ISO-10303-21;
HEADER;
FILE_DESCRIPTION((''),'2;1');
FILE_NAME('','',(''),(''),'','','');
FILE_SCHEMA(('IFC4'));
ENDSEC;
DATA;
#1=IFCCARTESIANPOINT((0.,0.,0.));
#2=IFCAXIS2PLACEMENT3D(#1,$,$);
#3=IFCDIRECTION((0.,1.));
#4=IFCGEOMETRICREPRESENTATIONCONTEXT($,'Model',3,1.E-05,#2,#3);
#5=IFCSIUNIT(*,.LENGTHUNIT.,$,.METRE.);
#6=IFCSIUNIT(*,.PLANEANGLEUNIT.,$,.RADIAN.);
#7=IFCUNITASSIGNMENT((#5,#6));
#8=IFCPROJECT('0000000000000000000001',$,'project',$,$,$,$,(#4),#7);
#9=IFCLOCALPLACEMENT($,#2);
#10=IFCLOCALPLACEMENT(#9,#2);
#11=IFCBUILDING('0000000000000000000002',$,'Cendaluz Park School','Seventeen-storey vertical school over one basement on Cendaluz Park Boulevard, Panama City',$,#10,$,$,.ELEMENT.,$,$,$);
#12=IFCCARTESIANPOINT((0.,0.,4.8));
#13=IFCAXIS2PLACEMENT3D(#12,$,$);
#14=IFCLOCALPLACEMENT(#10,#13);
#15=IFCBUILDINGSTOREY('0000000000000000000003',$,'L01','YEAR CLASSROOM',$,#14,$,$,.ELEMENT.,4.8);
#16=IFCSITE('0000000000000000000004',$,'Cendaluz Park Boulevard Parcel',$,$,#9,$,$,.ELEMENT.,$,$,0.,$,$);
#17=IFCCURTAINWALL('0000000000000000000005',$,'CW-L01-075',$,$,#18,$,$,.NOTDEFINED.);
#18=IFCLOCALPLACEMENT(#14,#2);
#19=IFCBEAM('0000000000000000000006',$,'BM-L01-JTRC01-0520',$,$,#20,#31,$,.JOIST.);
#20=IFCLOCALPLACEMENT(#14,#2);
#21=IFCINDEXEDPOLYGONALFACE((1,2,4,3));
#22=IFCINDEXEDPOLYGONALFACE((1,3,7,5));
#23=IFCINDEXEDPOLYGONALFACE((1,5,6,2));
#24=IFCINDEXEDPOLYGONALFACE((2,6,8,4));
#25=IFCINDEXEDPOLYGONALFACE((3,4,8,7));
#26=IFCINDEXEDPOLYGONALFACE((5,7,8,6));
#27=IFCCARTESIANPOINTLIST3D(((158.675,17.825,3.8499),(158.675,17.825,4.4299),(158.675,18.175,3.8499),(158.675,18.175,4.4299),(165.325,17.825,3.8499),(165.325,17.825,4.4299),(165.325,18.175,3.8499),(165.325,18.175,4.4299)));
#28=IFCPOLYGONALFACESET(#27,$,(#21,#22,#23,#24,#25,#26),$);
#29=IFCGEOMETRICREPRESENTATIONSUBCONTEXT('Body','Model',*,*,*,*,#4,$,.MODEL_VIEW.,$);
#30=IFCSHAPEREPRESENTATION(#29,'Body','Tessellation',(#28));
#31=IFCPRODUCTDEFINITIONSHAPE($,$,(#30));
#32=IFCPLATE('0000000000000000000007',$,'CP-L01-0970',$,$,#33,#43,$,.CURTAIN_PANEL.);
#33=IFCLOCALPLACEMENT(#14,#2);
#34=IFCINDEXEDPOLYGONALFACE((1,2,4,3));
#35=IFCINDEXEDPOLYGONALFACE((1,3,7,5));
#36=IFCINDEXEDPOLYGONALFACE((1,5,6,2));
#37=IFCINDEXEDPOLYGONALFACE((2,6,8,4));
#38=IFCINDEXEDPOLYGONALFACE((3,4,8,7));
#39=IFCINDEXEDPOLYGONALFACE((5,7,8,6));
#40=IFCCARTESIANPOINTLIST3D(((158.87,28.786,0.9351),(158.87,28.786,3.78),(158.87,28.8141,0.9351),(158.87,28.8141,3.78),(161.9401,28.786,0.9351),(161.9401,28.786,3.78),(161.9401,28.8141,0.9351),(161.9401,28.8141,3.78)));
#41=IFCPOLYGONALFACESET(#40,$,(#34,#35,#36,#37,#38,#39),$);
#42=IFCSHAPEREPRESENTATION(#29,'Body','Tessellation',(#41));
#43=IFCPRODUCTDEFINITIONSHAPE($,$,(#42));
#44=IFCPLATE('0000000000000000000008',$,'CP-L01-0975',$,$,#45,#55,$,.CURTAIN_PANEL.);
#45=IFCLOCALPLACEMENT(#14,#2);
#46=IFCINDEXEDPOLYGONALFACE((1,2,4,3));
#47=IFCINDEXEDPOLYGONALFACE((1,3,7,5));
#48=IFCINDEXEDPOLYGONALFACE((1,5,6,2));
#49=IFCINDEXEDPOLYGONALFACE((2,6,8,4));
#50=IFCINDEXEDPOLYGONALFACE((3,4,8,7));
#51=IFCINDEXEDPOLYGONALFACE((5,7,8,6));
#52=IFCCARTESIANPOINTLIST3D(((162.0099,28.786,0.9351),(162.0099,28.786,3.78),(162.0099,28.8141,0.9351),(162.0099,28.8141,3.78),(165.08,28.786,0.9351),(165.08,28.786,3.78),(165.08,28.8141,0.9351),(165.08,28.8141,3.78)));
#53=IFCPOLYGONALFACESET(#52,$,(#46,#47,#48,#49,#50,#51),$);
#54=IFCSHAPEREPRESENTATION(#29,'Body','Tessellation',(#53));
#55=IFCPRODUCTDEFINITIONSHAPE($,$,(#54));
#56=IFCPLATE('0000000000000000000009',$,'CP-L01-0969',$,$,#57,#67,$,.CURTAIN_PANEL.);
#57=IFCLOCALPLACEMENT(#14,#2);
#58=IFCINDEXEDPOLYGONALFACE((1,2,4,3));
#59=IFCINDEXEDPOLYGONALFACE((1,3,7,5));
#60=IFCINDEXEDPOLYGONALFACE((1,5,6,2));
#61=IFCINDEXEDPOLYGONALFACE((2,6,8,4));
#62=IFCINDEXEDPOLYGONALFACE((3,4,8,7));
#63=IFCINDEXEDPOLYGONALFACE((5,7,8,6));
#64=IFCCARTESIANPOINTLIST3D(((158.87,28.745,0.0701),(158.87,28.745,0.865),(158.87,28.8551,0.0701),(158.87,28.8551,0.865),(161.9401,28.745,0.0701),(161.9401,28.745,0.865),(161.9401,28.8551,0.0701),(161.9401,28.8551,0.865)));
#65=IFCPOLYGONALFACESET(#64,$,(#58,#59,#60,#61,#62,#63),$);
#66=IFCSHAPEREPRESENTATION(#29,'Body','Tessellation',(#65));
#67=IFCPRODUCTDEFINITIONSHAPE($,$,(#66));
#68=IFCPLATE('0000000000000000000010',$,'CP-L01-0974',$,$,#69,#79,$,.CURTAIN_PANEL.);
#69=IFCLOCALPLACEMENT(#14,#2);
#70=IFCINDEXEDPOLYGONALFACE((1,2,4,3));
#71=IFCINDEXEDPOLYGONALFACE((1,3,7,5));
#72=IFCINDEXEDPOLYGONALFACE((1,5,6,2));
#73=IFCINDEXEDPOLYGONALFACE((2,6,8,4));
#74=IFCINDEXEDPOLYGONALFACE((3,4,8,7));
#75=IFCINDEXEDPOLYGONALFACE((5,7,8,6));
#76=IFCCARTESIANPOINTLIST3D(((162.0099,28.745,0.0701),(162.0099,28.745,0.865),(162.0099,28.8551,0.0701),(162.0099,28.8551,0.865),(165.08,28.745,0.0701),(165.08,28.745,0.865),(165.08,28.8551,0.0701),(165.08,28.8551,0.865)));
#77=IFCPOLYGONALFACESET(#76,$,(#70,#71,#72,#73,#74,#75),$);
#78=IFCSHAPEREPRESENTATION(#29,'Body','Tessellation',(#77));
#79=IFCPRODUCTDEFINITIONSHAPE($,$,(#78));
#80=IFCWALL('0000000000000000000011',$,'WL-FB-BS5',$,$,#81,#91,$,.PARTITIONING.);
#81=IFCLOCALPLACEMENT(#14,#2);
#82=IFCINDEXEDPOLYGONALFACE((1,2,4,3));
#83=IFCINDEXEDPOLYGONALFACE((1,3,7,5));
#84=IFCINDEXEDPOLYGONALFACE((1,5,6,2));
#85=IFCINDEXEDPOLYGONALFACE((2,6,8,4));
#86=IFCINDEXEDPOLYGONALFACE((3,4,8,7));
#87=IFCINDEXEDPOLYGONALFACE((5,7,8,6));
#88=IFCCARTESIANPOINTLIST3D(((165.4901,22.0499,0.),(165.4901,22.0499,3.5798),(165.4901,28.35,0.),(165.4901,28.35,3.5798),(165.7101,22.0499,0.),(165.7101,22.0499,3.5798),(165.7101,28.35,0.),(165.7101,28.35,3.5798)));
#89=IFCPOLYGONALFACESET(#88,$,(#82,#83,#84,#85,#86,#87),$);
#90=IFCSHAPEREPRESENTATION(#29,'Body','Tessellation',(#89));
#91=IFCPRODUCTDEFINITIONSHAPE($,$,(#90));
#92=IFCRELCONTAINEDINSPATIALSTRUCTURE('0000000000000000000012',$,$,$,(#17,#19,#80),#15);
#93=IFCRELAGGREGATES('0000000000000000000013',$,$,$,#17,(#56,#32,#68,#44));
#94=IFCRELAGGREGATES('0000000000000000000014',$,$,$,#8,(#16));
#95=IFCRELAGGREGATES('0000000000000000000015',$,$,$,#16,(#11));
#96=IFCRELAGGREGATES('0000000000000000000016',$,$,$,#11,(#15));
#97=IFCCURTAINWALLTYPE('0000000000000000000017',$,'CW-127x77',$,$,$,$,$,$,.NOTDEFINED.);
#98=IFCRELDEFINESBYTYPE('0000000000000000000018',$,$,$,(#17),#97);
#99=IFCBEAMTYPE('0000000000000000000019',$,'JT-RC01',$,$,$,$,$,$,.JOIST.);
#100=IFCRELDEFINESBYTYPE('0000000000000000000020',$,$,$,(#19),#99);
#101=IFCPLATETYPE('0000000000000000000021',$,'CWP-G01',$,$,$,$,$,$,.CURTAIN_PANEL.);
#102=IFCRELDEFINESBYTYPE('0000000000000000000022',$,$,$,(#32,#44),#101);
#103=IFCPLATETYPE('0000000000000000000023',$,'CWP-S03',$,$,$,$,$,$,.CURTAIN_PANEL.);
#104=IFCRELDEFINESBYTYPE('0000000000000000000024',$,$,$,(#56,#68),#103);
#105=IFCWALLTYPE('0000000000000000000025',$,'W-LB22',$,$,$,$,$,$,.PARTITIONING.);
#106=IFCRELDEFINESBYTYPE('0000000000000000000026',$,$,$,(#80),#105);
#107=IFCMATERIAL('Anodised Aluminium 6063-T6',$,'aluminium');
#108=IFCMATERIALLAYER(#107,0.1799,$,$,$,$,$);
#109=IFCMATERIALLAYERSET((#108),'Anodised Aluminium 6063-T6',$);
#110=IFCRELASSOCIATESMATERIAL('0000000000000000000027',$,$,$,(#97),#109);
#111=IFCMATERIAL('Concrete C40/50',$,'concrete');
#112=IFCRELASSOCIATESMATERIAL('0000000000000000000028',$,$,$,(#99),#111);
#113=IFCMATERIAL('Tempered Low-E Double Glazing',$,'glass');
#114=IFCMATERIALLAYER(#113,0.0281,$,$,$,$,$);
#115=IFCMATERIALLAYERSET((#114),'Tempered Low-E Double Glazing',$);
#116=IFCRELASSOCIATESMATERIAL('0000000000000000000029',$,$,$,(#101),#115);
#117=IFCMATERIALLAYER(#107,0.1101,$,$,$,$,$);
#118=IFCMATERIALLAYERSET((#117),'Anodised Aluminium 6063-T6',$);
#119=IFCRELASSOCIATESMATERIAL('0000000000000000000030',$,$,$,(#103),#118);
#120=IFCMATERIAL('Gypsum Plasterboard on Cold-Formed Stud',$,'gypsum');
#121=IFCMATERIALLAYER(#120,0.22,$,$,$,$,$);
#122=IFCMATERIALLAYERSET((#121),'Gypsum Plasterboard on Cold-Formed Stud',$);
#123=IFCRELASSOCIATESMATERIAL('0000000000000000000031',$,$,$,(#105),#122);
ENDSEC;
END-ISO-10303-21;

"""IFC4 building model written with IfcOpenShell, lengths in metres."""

from ifc_helpers import new_model, si_unit, direction, frame, frame_2d, origin, origin_2d, place, context, subcontext, project, spatial, rectangle, extrude, material, layer, layer_set, material_profile, profile_set, type_object, element, aggregate, save


model = new_model("IFC4")

# Units and contexts
model_context = context("Model", 3, precision=1e-05, world=origin(), true_north=direction((0.0, 1.0)))
body_context = subcontext(model_context, "Body", "Model", "MODEL_VIEW")
ifc_project = project(units=[si_unit("LENGTHUNIT", "METRE"), si_unit("PLANEANGLEUNIT", "RADIAN")], contexts=[model_context])

# Site, building, storey
site_placement = place(None, origin())
site = spatial("IfcSite", under=ifc_project, at=site_placement, Name="Cendaluz Park Boulevard Parcel", CompositionType="ELEMENT", RefElevation=0.0)
building_placement = place(site_placement, origin())
building = spatial("IfcBuilding", under=site, at=building_placement, Name="Cendaluz Park School", Description="Seventeen-storey vertical school over one basement on Cendaluz Park Boulevard, Panama City", CompositionType="ELEMENT")
storey_placement = place(building_placement, frame((0.0, 0.0, 4.8)))
storey = spatial("IfcBuildingStorey", under=building, at=storey_placement, Name="L01", Description="YEAR CLASSROOM", CompositionType="ELEMENT", Elevation=4.8)

# Shared definitions
ifc_material_1 = material(Name="Concrete C40/50", Category="concrete")

# Curtain wall
ifc_material_2 = material(Name="Anodised Aluminium 6063-T6", Category="aluminium")
ifc_layer_1 = layer(ifc_material_2, 0.1799)
ifc_layer_set_1 = layer_set([ifc_layer_1], Name="Anodised Aluminium 6063-T6")
curtain_wall_type = type_object("IfcCurtainWallType", Name="CW-127x77", PredefinedType="NOTDEFINED", material=ifc_layer_set_1)
curtain_wall_placement = place(storey_placement, origin())
curtain_wall = element("IfcCurtainWall", 1, at=curtain_wall_placement, inside=storey, type_object=curtain_wall_type, Name="CW-L01-075", PredefinedType="NOTDEFINED")

# Beam
ifc_material_profile_1 = material_profile(ifc_material_1, rectangle(XDim=0.3501, YDim=0.5801, at=origin_2d()), Name="RC 350x580", Category="concrete")
ifc_profile_set_1 = profile_set([ifc_material_profile_1], Name="Concrete C40/50")
beam_type_1 = type_object("IfcBeamType", Name="JT-RC01", PredefinedType="JOIST", material=ifc_profile_set_1)
beam_1_placement = place(storey_placement, frame((158.675, 18.0, 4.1399), z_axis=(1.0, 0.0, 0.0), x_axis=(0.0, 1.0, 0.0)))
element("IfcBeam", 2, at=beam_1_placement, inside=storey, type_object=beam_type_1, Name="BM-L01-JTRC01-0520", PredefinedType="JOIST", context=body_context, shape_type="SweptSolid", body=[
    extrude(rectangle(XDim=0.3501, YDim=0.5801, at=origin_2d()), origin(), (0.0, 0.0, 1.0), 6.6499),
])

# Plates
ifc_material_3 = material(Name="Tempered Low-E Double Glazing", Category="glass")
ifc_layer_2 = layer(ifc_material_3, 0.0281)
ifc_layer_set_2 = layer_set([ifc_layer_2], Name="Tempered Low-E Double Glazing")
plate_type_1 = type_object("IfcPlateType", Name="CWP-G01", PredefinedType="CURTAIN_PANEL", material=ifc_layer_set_2)
plate_1_placement = place(storey_placement, frame((160.405, 28.8, 0.9351), z_axis=(0.0, 0.0, 1.0), x_axis=(1.0, 0.0, 0.0)))
plate_1 = element("IfcPlate", 3, at=plate_1_placement, type_object=plate_type_1, Name="CP-L01-0970", PredefinedType="CURTAIN_PANEL", context=body_context, shape_type="SweptSolid", body=[
    extrude(rectangle(XDim=3.0701, YDim=0.0281, at=origin_2d()), origin(), (0.0, 0.0, 1.0), 2.845),
])
plate_2_placement = place(storey_placement, frame((163.5449, 28.8, 0.9351), z_axis=(0.0, 0.0, 1.0), x_axis=(1.0, 0.0, 0.0)))
plate_2 = element("IfcPlate", 4, at=plate_2_placement, type_object=plate_type_1, Name="CP-L01-0975", PredefinedType="CURTAIN_PANEL", context=body_context, shape_type="SweptSolid", body=[
    extrude(rectangle(XDim=3.0701, YDim=0.0281, at=origin_2d()), origin(), (0.0, 0.0, 1.0), 2.845),
])
ifc_layer_3 = layer(ifc_material_2, 0.1101)
ifc_layer_set_3 = layer_set([ifc_layer_3], Name="Anodised Aluminium 6063-T6")
plate_type_2 = type_object("IfcPlateType", Name="CWP-S03", PredefinedType="CURTAIN_PANEL", material=ifc_layer_set_3)
plate_3_placement = place(storey_placement, frame((160.405, 28.8, 0.0701), z_axis=(0.0, 0.0, 1.0), x_axis=(1.0, 0.0, 0.0)))
plate_3 = element("IfcPlate", 5, at=plate_3_placement, type_object=plate_type_2, Name="CP-L01-0969", PredefinedType="CURTAIN_PANEL", context=body_context, shape_type="SweptSolid", body=[
    extrude(rectangle(XDim=3.0701, YDim=0.1101, at=origin_2d()), origin(), (0.0, 0.0, 1.0), 0.7949),
])
plate_4_placement = place(storey_placement, frame((163.5449, 28.8, 0.0701), z_axis=(0.0, 0.0, 1.0), x_axis=(1.0, 0.0, 0.0)))
plate_4 = element("IfcPlate", 6, at=plate_4_placement, type_object=plate_type_2, Name="CP-L01-0974", PredefinedType="CURTAIN_PANEL", context=body_context, shape_type="SweptSolid", body=[
    extrude(rectangle(XDim=3.0701, YDim=0.1101, at=origin_2d()), origin(), (0.0, 0.0, 1.0), 0.7949),
])
aggregate(curtain_wall, [plate_3, plate_1, plate_4, plate_2])

# Wall
ifc_material_4 = material(Name="Gypsum Plasterboard on Cold-Formed Stud", Category="gypsum")
ifc_layer_4 = layer(ifc_material_4, 0.22)
ifc_layer_set_4 = layer_set([ifc_layer_4], Name="Gypsum Plasterboard on Cold-Formed Stud")
wall_type = type_object("IfcWallType", Name="W-LB22", PredefinedType="PARTITIONING", material=ifc_layer_set_4)
wall_placement = place(storey_placement, frame((165.6001, 22.05, 0.0), z_axis=(0.0, 0.0, 1.0), x_axis=(0.0, 1.0, 0.0)))
element("IfcWall", 7, at=wall_placement, inside=storey, type_object=wall_type, Name="WL-FB-BS5", PredefinedType="PARTITIONING", context=body_context, shape_type="SweptSolid", body=[
    extrude(rectangle(XDim=6.3, YDim=0.22, at=frame_2d((3.1499, 0.0))), origin(), (0.0, 0.0, 1.0), 3.5798),
])

save(model, "model.ifc")
